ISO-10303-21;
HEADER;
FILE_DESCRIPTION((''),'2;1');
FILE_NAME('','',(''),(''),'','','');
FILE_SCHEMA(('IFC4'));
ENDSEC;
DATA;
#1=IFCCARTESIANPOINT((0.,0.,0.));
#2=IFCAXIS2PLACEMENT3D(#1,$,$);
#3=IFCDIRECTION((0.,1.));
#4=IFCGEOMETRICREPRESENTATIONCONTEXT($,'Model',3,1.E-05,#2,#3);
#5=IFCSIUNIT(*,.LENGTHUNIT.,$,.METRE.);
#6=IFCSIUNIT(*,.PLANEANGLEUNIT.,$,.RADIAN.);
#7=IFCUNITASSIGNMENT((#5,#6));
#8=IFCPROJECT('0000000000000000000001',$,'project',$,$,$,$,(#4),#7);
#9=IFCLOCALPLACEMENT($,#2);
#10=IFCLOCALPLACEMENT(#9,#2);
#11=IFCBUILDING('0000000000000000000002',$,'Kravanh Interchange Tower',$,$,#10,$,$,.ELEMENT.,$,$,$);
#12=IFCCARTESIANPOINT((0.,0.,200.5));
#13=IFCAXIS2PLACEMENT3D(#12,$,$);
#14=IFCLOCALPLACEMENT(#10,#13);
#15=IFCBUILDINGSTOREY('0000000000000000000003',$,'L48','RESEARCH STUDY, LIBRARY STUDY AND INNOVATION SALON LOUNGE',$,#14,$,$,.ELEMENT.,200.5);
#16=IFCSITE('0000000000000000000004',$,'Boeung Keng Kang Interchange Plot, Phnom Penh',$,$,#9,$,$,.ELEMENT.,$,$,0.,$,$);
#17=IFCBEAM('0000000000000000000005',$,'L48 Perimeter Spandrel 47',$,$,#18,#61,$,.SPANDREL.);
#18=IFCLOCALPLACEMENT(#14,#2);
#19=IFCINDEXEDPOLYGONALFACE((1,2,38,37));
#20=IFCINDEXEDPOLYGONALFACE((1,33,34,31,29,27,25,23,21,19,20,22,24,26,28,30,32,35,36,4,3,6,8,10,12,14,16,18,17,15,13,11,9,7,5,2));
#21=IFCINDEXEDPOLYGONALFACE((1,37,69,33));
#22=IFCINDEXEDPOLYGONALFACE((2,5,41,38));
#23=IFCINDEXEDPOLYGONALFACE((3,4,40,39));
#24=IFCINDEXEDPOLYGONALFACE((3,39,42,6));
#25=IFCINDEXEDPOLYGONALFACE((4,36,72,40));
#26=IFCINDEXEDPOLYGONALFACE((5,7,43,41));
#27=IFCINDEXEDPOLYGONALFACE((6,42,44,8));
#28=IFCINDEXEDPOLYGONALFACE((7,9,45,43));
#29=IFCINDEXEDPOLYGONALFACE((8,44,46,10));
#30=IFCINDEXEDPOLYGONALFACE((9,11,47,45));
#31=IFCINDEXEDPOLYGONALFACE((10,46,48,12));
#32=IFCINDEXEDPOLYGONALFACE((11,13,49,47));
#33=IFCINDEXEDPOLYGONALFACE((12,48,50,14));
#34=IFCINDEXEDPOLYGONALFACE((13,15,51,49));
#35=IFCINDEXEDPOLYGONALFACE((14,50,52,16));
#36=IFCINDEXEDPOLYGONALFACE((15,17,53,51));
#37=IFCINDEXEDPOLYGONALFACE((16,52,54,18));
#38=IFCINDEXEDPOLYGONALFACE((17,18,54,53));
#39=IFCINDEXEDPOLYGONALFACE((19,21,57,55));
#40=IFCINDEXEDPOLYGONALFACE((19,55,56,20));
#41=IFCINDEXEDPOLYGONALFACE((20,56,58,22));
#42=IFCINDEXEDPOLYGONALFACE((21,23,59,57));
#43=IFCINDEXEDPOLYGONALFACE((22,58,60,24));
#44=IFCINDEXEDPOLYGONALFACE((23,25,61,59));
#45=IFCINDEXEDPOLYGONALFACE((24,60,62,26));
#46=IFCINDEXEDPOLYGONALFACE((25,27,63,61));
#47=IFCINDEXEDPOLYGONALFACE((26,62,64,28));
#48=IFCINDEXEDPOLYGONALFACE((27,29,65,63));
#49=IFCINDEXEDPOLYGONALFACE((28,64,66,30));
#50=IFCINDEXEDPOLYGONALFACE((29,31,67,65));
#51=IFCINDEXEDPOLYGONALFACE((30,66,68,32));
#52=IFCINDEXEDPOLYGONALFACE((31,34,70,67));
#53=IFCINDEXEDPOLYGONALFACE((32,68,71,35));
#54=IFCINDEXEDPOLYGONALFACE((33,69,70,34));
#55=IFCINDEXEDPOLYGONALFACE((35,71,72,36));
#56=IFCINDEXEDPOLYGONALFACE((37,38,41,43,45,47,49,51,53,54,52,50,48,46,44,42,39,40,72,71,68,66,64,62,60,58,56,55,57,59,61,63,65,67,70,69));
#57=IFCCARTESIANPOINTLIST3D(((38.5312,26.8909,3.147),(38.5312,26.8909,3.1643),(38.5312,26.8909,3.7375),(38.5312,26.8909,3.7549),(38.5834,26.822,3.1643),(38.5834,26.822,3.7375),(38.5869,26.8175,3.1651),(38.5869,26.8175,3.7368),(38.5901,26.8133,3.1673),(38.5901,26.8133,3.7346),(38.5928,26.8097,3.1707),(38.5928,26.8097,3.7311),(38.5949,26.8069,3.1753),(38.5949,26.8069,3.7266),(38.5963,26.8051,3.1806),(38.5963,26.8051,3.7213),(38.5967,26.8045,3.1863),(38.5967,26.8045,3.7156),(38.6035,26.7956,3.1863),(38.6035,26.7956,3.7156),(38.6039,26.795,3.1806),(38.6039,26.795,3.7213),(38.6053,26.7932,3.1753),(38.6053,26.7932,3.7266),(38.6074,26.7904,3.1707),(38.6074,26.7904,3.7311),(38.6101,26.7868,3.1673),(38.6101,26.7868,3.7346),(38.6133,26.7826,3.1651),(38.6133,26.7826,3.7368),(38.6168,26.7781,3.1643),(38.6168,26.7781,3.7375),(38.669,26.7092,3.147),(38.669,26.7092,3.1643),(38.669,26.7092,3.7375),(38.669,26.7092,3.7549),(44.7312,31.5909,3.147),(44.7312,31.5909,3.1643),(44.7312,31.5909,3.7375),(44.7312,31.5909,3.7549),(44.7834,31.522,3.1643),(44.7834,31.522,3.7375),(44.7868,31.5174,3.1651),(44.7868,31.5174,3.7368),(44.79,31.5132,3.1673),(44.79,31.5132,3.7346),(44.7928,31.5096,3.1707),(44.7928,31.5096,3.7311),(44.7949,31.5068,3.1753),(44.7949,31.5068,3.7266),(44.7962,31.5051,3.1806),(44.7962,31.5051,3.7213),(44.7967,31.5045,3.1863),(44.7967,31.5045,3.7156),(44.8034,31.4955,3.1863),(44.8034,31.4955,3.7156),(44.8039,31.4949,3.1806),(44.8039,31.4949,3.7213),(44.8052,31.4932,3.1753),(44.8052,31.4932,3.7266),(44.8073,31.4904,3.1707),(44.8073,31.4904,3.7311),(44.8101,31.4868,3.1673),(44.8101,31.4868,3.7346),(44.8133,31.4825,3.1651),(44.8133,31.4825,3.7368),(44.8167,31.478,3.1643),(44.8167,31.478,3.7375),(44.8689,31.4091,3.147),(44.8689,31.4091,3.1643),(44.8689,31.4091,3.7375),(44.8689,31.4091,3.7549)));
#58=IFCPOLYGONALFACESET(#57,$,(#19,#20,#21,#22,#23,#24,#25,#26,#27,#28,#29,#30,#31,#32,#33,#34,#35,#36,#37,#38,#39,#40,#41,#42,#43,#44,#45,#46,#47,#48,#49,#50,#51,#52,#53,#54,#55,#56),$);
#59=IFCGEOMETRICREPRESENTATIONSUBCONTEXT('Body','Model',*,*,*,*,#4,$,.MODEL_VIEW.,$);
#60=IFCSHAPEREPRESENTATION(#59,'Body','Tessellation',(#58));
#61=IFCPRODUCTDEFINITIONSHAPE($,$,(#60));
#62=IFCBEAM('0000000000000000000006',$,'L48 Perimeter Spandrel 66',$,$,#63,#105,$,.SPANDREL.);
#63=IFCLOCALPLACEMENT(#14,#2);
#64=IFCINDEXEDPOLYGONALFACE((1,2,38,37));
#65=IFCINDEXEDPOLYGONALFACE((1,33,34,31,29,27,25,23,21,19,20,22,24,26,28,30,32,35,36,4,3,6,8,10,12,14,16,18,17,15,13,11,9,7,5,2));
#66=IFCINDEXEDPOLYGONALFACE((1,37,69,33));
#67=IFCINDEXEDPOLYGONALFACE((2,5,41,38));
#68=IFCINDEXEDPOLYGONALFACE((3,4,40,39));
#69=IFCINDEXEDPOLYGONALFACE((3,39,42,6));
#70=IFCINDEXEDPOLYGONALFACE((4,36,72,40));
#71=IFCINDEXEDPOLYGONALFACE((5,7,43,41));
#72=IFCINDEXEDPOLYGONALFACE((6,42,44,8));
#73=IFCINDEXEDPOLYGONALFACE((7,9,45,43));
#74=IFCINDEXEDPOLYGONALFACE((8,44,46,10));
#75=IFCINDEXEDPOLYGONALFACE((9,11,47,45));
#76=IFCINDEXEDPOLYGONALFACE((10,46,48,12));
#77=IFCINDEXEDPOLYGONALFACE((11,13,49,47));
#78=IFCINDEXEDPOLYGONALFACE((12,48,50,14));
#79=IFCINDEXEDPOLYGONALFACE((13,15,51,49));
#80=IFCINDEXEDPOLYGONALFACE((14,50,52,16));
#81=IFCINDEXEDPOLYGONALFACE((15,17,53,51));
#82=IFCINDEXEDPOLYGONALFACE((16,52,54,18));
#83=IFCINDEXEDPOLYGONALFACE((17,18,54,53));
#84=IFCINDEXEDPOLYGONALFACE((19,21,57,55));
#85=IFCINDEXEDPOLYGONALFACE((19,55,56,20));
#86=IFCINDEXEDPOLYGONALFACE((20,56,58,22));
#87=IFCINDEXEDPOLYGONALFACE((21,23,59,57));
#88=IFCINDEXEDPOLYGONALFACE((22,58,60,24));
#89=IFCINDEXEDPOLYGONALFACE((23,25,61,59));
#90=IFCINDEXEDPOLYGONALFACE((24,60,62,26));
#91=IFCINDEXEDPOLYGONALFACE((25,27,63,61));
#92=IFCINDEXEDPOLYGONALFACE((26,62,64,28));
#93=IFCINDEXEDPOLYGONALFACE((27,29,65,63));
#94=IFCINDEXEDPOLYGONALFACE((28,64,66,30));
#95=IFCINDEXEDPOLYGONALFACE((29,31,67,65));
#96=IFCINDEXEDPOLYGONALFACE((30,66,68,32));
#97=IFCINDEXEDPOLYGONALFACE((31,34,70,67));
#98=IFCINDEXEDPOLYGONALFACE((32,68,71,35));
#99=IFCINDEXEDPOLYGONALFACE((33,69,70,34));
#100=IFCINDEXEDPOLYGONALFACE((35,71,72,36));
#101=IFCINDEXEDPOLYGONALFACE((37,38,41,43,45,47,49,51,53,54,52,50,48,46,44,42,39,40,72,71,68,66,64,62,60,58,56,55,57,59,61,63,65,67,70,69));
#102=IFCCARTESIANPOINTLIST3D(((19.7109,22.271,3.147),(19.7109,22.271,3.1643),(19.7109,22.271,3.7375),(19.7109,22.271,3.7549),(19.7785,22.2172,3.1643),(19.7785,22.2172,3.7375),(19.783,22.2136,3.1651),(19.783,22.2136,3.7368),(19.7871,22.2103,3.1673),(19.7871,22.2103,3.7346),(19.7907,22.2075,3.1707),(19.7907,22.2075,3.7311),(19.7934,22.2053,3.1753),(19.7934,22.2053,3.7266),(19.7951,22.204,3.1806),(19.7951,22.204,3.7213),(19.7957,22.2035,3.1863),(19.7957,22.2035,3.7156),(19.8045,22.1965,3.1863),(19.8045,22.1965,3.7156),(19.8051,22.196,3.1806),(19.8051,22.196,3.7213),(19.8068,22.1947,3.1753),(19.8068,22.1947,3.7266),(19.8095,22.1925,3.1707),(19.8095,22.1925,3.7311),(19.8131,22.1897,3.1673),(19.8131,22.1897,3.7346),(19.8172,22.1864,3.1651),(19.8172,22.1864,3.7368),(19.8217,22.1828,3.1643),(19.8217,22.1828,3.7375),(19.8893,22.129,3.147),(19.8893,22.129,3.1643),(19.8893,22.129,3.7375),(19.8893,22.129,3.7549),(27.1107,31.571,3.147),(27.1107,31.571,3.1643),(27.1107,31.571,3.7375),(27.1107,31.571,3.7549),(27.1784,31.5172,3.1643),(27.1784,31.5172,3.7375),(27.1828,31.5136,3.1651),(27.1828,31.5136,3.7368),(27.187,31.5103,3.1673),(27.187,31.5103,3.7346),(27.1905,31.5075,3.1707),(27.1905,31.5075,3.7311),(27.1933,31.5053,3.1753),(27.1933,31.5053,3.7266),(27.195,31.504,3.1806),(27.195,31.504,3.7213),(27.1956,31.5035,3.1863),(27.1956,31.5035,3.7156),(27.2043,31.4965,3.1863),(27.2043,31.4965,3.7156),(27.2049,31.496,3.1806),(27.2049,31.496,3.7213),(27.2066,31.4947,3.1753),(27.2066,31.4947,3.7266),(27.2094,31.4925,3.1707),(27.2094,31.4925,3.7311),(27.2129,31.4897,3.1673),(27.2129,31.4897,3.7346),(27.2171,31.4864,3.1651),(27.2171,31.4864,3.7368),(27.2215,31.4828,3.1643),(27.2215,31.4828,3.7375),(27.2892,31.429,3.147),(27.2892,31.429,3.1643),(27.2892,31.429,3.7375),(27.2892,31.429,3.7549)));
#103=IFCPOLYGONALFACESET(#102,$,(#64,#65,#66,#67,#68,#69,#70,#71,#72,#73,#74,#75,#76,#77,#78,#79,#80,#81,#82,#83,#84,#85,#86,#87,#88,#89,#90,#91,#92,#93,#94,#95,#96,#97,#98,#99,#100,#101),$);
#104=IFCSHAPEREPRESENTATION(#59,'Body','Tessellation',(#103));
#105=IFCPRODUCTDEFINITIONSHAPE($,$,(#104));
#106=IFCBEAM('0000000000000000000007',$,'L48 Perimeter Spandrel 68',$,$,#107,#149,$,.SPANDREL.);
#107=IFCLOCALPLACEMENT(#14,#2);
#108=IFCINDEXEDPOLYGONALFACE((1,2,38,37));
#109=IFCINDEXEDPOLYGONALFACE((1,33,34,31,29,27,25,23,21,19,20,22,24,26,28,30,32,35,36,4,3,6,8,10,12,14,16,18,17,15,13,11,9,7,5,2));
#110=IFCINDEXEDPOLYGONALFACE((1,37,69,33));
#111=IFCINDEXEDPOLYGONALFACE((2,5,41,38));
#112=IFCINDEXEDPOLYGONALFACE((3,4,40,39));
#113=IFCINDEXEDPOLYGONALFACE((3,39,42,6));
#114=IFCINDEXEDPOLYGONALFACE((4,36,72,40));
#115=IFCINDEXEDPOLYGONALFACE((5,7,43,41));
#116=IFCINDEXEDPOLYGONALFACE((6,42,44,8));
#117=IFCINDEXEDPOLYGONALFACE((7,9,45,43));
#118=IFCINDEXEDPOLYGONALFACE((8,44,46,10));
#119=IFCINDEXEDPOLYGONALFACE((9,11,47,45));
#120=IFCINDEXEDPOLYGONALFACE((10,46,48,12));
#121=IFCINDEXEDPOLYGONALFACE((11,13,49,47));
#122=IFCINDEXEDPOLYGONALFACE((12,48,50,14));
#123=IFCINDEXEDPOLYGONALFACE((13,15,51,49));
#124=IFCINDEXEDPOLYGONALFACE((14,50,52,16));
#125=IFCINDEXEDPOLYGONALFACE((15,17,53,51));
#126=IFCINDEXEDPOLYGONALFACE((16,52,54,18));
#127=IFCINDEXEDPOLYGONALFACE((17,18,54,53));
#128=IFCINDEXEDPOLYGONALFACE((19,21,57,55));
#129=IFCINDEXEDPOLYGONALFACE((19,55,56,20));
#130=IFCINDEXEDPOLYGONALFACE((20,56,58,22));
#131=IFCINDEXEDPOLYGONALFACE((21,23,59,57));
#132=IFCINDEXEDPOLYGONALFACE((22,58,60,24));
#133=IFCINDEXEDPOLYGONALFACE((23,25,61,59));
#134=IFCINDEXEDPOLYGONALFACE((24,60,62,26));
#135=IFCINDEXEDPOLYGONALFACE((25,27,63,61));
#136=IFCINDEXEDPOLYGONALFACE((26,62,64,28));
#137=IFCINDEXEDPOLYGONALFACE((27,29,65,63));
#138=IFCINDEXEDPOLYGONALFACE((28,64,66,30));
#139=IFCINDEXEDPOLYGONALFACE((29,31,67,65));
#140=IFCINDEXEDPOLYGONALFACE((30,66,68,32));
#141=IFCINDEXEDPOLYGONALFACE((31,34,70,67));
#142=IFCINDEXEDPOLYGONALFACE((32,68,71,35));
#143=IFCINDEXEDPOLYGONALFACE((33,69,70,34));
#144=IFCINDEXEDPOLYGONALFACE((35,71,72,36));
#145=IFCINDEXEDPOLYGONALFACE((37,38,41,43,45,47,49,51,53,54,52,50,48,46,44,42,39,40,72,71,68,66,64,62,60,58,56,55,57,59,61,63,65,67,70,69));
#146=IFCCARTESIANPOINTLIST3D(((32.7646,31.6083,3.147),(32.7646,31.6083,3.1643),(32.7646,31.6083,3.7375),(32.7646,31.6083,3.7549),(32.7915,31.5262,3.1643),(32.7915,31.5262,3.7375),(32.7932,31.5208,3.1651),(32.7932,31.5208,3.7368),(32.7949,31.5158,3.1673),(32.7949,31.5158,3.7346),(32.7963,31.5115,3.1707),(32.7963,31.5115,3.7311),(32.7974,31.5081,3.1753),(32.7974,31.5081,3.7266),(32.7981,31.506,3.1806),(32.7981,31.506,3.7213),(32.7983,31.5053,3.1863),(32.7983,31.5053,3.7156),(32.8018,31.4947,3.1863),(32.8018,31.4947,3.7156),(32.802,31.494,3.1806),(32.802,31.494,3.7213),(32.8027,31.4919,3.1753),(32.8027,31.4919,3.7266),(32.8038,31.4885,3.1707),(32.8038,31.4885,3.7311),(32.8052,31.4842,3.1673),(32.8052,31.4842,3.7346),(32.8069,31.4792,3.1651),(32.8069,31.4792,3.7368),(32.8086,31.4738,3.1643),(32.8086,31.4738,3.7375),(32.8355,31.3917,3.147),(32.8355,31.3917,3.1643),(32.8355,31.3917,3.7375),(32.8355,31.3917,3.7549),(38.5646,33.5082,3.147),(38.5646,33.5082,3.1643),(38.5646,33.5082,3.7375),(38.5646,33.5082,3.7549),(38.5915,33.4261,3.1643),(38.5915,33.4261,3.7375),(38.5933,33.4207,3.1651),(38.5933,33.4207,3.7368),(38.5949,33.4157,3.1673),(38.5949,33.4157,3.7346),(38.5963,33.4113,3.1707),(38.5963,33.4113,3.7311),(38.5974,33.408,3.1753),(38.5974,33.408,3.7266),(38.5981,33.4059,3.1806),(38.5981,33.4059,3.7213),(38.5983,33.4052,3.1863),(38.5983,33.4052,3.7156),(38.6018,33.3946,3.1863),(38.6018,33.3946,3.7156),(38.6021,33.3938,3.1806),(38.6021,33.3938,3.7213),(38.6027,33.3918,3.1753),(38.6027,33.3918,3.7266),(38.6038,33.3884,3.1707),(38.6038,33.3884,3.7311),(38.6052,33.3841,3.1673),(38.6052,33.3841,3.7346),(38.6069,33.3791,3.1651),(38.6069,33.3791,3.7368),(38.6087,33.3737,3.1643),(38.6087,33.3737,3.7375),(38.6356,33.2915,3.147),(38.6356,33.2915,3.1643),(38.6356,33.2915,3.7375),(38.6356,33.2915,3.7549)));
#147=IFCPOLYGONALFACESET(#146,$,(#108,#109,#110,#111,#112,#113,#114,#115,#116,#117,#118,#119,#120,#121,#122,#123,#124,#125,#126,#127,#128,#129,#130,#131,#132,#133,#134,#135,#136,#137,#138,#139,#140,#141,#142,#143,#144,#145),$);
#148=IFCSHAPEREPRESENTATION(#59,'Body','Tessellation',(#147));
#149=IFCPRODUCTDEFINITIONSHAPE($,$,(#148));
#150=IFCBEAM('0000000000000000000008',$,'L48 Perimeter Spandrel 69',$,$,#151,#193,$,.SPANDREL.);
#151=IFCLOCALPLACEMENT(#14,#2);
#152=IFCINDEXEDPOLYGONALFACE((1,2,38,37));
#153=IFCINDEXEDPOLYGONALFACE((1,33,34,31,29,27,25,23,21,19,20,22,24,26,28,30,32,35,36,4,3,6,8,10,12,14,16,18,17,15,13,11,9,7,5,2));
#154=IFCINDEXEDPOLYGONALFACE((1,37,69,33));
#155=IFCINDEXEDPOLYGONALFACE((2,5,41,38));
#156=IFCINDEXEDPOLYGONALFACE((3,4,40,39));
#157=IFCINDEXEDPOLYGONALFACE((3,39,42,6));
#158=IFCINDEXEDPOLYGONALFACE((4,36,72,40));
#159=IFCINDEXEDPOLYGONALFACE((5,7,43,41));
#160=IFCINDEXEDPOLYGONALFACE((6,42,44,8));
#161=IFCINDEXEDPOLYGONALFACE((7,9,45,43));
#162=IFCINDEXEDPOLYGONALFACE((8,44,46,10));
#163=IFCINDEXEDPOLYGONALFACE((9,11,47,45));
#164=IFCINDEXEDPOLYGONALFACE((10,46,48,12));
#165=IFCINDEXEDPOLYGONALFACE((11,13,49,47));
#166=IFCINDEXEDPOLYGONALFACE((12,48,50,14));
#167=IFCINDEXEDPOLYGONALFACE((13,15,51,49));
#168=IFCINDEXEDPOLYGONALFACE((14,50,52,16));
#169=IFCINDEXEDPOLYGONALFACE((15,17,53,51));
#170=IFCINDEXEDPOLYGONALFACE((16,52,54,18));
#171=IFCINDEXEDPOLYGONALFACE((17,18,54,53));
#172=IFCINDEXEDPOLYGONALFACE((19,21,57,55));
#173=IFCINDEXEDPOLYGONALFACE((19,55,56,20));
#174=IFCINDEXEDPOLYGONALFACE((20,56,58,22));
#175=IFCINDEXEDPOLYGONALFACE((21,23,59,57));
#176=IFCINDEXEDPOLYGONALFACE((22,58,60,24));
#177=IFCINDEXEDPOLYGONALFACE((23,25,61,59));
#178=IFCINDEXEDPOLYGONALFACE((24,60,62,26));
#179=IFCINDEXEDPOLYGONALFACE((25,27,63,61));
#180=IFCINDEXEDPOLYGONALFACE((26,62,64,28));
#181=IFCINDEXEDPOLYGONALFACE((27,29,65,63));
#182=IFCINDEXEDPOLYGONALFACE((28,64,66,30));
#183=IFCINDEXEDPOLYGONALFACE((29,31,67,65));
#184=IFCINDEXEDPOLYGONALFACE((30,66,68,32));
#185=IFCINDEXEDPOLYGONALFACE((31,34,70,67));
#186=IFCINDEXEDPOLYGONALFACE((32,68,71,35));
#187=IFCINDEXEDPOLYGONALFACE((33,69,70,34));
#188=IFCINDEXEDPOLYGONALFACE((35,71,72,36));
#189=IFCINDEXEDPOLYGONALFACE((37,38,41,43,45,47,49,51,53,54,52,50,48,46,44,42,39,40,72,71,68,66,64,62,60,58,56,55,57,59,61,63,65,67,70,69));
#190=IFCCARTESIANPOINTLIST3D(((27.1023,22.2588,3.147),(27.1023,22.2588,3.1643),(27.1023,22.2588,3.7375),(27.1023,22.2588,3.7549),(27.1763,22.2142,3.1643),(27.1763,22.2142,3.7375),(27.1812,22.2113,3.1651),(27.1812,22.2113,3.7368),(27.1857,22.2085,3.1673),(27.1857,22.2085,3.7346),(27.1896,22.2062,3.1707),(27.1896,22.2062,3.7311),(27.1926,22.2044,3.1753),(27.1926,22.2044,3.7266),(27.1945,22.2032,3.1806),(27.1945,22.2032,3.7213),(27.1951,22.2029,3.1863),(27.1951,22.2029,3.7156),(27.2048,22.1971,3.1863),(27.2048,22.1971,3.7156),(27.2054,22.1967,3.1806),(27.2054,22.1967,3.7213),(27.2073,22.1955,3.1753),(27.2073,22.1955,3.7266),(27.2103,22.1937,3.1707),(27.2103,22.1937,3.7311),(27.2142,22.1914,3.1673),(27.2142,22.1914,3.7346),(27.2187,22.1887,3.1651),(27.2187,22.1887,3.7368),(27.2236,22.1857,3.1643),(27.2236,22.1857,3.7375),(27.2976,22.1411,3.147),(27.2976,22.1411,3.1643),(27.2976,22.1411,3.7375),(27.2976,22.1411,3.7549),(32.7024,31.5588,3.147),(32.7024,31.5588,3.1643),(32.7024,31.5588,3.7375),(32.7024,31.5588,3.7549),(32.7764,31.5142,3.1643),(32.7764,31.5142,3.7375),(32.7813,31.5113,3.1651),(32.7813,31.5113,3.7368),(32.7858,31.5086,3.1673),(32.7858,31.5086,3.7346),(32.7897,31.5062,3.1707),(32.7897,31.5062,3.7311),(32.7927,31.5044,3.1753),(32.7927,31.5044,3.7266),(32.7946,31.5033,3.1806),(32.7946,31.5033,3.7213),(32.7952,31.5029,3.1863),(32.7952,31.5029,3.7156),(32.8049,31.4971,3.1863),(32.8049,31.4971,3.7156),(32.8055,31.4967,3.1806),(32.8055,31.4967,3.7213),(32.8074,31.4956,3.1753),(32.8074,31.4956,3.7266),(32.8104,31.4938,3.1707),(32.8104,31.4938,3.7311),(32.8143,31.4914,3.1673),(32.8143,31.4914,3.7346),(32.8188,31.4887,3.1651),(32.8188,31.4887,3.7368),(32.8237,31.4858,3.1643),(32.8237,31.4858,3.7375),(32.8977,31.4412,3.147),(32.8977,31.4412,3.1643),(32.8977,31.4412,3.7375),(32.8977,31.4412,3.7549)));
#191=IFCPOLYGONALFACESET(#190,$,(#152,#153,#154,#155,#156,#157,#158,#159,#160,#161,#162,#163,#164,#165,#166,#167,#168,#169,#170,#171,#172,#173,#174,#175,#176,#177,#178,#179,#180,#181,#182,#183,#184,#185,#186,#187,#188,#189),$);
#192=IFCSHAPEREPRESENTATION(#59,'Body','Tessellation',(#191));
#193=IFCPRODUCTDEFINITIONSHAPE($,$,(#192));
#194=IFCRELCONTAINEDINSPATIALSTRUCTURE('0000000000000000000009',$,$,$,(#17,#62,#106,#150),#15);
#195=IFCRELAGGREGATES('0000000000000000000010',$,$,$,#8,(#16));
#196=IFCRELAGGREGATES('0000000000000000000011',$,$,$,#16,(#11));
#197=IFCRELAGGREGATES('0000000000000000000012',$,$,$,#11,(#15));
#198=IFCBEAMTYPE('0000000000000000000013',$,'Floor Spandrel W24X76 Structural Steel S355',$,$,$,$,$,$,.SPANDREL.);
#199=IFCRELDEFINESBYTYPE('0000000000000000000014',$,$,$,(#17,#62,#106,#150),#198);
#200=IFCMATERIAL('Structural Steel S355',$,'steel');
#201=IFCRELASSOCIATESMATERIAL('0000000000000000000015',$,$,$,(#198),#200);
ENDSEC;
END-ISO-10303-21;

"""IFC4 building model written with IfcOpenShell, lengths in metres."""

from ifc_helpers import new_model, si_unit, direction, frame, origin, origin_2d, place, context, subcontext, project, spatial, i_section, extrude, material, material_profile, profile_set, type_object, element, save


model = new_model("IFC4")

# Units and contexts
model_context = context("Model", 3, precision=1e-05, world=origin(), true_north=direction((0.0, 1.0)))
body_context = subcontext(model_context, "Body", "Model", "MODEL_VIEW")
ifc_project = project(units=[si_unit("LENGTHUNIT", "METRE"), si_unit("PLANEANGLEUNIT", "RADIAN")], contexts=[model_context])

# Site, building, storey
site_placement = place(None, origin())
site = spatial("IfcSite", under=ifc_project, at=site_placement, Name="Boeung Keng Kang Interchange Plot, Phnom Penh", CompositionType="ELEMENT", RefElevation=0.0)
building_placement = place(site_placement, origin())
building = spatial("IfcBuilding", under=site, at=building_placement, Name="Kravanh Interchange Tower", CompositionType="ELEMENT")
storey_placement = place(building_placement, frame((0.0, 0.0, 200.5)))
storey = spatial("IfcBuildingStorey", under=building, at=storey_placement, Name="L48", Description="RESEARCH STUDY, LIBRARY STUDY AND INNOVATION SALON LOUNGE", CompositionType="ELEMENT", Elevation=200.5)

# Beams
ifc_material_1 = material(Name="Structural Steel S355", Category="steel")
ifc_material_profile_1 = material_profile(ifc_material_1, i_section(OverallWidth=0.228, OverallDepth=0.6079, WebThickness=0.0112, FlangeThickness=0.0173, FilletRadius=0.022, at=origin_2d()), Name="W24X76")
ifc_profile_set_1 = profile_set([ifc_material_profile_1], Name="Structural Steel S355")
beam_type_1 = type_object("IfcBeamType", Name="Floor Spandrel W24X76 Structural Steel S355", PredefinedType="SPANDREL", material=ifc_profile_set_1)
beam_1_placement = place(storey_placement, frame((38.6001, 26.8, 3.4509), z_axis=(0.796905, 0.604104, 0.0), x_axis=(-0.604104, 0.796905, 0.0)))
element("IfcBeam", 1, at=beam_1_placement, inside=storey, type_object=beam_type_1, Name="L48 Perimeter Spandrel 47", PredefinedType="SPANDREL", context=body_context, shape_type="SweptSolid", body=[
    extrude(i_section(OverallWidth=0.228, OverallDepth=0.6079, WebThickness=0.0112, FlangeThickness=0.0173, FilletRadius=0.022, at=origin_2d()), origin(), (0.0, 0.0, 1.0), 7.78),
])
beam_2_placement = place(storey_placement, frame((27.2, 31.5, 3.4509), z_axis=(-0.622634, -0.782513, 0.0), x_axis=(0.782513, -0.622634, 0.0)))
element("IfcBeam", 2, at=beam_2_placement, inside=storey, type_object=beam_type_1, Name="L48 Perimeter Spandrel 66", PredefinedType="SPANDREL", context=body_context, shape_type="SweptSolid", body=[
    extrude(i_section(OverallWidth=0.228, OverallDepth=0.6079, WebThickness=0.0112, FlangeThickness=0.0173, FilletRadius=0.022, at=origin_2d()), origin(), (0.0, 0.0, 1.0), 11.8848),
])
beam_3_placement = place(storey_placement, frame((32.8, 31.5, 3.4509), z_axis=(0.950315, 0.311291, 0.0), x_axis=(-0.311291, 0.950315, 0.0)))
element("IfcBeam", 3, at=beam_3_placement, inside=storey, type_object=beam_type_1, Name="L48 Perimeter Spandrel 68", PredefinedType="SPANDREL", context=body_context, shape_type="SweptSolid", body=[
    extrude(i_section(OverallWidth=0.228, OverallDepth=0.6079, WebThickness=0.0112, FlangeThickness=0.0173, FilletRadius=0.022, at=origin_2d()), origin(), (0.0, 0.0, 1.0), 6.1033),
])
beam_4_placement = place(storey_placement, frame((32.8, 31.5, 3.4509), z_axis=(-0.515854, -0.856676, 0.0), x_axis=(0.856676, -0.515854, 0.0)))
element("IfcBeam", 4, at=beam_4_placement, inside=storey, type_object=beam_type_1, Name="L48 Perimeter Spandrel 69", PredefinedType="SPANDREL", context=body_context, shape_type="SweptSolid", body=[
    extrude(i_section(OverallWidth=0.228, OverallDepth=0.6079, WebThickness=0.0112, FlangeThickness=0.0173, FilletRadius=0.022, at=origin_2d()), origin(), (0.0, 0.0, 1.0), 10.856),
])

save(model, "model.ifc")
